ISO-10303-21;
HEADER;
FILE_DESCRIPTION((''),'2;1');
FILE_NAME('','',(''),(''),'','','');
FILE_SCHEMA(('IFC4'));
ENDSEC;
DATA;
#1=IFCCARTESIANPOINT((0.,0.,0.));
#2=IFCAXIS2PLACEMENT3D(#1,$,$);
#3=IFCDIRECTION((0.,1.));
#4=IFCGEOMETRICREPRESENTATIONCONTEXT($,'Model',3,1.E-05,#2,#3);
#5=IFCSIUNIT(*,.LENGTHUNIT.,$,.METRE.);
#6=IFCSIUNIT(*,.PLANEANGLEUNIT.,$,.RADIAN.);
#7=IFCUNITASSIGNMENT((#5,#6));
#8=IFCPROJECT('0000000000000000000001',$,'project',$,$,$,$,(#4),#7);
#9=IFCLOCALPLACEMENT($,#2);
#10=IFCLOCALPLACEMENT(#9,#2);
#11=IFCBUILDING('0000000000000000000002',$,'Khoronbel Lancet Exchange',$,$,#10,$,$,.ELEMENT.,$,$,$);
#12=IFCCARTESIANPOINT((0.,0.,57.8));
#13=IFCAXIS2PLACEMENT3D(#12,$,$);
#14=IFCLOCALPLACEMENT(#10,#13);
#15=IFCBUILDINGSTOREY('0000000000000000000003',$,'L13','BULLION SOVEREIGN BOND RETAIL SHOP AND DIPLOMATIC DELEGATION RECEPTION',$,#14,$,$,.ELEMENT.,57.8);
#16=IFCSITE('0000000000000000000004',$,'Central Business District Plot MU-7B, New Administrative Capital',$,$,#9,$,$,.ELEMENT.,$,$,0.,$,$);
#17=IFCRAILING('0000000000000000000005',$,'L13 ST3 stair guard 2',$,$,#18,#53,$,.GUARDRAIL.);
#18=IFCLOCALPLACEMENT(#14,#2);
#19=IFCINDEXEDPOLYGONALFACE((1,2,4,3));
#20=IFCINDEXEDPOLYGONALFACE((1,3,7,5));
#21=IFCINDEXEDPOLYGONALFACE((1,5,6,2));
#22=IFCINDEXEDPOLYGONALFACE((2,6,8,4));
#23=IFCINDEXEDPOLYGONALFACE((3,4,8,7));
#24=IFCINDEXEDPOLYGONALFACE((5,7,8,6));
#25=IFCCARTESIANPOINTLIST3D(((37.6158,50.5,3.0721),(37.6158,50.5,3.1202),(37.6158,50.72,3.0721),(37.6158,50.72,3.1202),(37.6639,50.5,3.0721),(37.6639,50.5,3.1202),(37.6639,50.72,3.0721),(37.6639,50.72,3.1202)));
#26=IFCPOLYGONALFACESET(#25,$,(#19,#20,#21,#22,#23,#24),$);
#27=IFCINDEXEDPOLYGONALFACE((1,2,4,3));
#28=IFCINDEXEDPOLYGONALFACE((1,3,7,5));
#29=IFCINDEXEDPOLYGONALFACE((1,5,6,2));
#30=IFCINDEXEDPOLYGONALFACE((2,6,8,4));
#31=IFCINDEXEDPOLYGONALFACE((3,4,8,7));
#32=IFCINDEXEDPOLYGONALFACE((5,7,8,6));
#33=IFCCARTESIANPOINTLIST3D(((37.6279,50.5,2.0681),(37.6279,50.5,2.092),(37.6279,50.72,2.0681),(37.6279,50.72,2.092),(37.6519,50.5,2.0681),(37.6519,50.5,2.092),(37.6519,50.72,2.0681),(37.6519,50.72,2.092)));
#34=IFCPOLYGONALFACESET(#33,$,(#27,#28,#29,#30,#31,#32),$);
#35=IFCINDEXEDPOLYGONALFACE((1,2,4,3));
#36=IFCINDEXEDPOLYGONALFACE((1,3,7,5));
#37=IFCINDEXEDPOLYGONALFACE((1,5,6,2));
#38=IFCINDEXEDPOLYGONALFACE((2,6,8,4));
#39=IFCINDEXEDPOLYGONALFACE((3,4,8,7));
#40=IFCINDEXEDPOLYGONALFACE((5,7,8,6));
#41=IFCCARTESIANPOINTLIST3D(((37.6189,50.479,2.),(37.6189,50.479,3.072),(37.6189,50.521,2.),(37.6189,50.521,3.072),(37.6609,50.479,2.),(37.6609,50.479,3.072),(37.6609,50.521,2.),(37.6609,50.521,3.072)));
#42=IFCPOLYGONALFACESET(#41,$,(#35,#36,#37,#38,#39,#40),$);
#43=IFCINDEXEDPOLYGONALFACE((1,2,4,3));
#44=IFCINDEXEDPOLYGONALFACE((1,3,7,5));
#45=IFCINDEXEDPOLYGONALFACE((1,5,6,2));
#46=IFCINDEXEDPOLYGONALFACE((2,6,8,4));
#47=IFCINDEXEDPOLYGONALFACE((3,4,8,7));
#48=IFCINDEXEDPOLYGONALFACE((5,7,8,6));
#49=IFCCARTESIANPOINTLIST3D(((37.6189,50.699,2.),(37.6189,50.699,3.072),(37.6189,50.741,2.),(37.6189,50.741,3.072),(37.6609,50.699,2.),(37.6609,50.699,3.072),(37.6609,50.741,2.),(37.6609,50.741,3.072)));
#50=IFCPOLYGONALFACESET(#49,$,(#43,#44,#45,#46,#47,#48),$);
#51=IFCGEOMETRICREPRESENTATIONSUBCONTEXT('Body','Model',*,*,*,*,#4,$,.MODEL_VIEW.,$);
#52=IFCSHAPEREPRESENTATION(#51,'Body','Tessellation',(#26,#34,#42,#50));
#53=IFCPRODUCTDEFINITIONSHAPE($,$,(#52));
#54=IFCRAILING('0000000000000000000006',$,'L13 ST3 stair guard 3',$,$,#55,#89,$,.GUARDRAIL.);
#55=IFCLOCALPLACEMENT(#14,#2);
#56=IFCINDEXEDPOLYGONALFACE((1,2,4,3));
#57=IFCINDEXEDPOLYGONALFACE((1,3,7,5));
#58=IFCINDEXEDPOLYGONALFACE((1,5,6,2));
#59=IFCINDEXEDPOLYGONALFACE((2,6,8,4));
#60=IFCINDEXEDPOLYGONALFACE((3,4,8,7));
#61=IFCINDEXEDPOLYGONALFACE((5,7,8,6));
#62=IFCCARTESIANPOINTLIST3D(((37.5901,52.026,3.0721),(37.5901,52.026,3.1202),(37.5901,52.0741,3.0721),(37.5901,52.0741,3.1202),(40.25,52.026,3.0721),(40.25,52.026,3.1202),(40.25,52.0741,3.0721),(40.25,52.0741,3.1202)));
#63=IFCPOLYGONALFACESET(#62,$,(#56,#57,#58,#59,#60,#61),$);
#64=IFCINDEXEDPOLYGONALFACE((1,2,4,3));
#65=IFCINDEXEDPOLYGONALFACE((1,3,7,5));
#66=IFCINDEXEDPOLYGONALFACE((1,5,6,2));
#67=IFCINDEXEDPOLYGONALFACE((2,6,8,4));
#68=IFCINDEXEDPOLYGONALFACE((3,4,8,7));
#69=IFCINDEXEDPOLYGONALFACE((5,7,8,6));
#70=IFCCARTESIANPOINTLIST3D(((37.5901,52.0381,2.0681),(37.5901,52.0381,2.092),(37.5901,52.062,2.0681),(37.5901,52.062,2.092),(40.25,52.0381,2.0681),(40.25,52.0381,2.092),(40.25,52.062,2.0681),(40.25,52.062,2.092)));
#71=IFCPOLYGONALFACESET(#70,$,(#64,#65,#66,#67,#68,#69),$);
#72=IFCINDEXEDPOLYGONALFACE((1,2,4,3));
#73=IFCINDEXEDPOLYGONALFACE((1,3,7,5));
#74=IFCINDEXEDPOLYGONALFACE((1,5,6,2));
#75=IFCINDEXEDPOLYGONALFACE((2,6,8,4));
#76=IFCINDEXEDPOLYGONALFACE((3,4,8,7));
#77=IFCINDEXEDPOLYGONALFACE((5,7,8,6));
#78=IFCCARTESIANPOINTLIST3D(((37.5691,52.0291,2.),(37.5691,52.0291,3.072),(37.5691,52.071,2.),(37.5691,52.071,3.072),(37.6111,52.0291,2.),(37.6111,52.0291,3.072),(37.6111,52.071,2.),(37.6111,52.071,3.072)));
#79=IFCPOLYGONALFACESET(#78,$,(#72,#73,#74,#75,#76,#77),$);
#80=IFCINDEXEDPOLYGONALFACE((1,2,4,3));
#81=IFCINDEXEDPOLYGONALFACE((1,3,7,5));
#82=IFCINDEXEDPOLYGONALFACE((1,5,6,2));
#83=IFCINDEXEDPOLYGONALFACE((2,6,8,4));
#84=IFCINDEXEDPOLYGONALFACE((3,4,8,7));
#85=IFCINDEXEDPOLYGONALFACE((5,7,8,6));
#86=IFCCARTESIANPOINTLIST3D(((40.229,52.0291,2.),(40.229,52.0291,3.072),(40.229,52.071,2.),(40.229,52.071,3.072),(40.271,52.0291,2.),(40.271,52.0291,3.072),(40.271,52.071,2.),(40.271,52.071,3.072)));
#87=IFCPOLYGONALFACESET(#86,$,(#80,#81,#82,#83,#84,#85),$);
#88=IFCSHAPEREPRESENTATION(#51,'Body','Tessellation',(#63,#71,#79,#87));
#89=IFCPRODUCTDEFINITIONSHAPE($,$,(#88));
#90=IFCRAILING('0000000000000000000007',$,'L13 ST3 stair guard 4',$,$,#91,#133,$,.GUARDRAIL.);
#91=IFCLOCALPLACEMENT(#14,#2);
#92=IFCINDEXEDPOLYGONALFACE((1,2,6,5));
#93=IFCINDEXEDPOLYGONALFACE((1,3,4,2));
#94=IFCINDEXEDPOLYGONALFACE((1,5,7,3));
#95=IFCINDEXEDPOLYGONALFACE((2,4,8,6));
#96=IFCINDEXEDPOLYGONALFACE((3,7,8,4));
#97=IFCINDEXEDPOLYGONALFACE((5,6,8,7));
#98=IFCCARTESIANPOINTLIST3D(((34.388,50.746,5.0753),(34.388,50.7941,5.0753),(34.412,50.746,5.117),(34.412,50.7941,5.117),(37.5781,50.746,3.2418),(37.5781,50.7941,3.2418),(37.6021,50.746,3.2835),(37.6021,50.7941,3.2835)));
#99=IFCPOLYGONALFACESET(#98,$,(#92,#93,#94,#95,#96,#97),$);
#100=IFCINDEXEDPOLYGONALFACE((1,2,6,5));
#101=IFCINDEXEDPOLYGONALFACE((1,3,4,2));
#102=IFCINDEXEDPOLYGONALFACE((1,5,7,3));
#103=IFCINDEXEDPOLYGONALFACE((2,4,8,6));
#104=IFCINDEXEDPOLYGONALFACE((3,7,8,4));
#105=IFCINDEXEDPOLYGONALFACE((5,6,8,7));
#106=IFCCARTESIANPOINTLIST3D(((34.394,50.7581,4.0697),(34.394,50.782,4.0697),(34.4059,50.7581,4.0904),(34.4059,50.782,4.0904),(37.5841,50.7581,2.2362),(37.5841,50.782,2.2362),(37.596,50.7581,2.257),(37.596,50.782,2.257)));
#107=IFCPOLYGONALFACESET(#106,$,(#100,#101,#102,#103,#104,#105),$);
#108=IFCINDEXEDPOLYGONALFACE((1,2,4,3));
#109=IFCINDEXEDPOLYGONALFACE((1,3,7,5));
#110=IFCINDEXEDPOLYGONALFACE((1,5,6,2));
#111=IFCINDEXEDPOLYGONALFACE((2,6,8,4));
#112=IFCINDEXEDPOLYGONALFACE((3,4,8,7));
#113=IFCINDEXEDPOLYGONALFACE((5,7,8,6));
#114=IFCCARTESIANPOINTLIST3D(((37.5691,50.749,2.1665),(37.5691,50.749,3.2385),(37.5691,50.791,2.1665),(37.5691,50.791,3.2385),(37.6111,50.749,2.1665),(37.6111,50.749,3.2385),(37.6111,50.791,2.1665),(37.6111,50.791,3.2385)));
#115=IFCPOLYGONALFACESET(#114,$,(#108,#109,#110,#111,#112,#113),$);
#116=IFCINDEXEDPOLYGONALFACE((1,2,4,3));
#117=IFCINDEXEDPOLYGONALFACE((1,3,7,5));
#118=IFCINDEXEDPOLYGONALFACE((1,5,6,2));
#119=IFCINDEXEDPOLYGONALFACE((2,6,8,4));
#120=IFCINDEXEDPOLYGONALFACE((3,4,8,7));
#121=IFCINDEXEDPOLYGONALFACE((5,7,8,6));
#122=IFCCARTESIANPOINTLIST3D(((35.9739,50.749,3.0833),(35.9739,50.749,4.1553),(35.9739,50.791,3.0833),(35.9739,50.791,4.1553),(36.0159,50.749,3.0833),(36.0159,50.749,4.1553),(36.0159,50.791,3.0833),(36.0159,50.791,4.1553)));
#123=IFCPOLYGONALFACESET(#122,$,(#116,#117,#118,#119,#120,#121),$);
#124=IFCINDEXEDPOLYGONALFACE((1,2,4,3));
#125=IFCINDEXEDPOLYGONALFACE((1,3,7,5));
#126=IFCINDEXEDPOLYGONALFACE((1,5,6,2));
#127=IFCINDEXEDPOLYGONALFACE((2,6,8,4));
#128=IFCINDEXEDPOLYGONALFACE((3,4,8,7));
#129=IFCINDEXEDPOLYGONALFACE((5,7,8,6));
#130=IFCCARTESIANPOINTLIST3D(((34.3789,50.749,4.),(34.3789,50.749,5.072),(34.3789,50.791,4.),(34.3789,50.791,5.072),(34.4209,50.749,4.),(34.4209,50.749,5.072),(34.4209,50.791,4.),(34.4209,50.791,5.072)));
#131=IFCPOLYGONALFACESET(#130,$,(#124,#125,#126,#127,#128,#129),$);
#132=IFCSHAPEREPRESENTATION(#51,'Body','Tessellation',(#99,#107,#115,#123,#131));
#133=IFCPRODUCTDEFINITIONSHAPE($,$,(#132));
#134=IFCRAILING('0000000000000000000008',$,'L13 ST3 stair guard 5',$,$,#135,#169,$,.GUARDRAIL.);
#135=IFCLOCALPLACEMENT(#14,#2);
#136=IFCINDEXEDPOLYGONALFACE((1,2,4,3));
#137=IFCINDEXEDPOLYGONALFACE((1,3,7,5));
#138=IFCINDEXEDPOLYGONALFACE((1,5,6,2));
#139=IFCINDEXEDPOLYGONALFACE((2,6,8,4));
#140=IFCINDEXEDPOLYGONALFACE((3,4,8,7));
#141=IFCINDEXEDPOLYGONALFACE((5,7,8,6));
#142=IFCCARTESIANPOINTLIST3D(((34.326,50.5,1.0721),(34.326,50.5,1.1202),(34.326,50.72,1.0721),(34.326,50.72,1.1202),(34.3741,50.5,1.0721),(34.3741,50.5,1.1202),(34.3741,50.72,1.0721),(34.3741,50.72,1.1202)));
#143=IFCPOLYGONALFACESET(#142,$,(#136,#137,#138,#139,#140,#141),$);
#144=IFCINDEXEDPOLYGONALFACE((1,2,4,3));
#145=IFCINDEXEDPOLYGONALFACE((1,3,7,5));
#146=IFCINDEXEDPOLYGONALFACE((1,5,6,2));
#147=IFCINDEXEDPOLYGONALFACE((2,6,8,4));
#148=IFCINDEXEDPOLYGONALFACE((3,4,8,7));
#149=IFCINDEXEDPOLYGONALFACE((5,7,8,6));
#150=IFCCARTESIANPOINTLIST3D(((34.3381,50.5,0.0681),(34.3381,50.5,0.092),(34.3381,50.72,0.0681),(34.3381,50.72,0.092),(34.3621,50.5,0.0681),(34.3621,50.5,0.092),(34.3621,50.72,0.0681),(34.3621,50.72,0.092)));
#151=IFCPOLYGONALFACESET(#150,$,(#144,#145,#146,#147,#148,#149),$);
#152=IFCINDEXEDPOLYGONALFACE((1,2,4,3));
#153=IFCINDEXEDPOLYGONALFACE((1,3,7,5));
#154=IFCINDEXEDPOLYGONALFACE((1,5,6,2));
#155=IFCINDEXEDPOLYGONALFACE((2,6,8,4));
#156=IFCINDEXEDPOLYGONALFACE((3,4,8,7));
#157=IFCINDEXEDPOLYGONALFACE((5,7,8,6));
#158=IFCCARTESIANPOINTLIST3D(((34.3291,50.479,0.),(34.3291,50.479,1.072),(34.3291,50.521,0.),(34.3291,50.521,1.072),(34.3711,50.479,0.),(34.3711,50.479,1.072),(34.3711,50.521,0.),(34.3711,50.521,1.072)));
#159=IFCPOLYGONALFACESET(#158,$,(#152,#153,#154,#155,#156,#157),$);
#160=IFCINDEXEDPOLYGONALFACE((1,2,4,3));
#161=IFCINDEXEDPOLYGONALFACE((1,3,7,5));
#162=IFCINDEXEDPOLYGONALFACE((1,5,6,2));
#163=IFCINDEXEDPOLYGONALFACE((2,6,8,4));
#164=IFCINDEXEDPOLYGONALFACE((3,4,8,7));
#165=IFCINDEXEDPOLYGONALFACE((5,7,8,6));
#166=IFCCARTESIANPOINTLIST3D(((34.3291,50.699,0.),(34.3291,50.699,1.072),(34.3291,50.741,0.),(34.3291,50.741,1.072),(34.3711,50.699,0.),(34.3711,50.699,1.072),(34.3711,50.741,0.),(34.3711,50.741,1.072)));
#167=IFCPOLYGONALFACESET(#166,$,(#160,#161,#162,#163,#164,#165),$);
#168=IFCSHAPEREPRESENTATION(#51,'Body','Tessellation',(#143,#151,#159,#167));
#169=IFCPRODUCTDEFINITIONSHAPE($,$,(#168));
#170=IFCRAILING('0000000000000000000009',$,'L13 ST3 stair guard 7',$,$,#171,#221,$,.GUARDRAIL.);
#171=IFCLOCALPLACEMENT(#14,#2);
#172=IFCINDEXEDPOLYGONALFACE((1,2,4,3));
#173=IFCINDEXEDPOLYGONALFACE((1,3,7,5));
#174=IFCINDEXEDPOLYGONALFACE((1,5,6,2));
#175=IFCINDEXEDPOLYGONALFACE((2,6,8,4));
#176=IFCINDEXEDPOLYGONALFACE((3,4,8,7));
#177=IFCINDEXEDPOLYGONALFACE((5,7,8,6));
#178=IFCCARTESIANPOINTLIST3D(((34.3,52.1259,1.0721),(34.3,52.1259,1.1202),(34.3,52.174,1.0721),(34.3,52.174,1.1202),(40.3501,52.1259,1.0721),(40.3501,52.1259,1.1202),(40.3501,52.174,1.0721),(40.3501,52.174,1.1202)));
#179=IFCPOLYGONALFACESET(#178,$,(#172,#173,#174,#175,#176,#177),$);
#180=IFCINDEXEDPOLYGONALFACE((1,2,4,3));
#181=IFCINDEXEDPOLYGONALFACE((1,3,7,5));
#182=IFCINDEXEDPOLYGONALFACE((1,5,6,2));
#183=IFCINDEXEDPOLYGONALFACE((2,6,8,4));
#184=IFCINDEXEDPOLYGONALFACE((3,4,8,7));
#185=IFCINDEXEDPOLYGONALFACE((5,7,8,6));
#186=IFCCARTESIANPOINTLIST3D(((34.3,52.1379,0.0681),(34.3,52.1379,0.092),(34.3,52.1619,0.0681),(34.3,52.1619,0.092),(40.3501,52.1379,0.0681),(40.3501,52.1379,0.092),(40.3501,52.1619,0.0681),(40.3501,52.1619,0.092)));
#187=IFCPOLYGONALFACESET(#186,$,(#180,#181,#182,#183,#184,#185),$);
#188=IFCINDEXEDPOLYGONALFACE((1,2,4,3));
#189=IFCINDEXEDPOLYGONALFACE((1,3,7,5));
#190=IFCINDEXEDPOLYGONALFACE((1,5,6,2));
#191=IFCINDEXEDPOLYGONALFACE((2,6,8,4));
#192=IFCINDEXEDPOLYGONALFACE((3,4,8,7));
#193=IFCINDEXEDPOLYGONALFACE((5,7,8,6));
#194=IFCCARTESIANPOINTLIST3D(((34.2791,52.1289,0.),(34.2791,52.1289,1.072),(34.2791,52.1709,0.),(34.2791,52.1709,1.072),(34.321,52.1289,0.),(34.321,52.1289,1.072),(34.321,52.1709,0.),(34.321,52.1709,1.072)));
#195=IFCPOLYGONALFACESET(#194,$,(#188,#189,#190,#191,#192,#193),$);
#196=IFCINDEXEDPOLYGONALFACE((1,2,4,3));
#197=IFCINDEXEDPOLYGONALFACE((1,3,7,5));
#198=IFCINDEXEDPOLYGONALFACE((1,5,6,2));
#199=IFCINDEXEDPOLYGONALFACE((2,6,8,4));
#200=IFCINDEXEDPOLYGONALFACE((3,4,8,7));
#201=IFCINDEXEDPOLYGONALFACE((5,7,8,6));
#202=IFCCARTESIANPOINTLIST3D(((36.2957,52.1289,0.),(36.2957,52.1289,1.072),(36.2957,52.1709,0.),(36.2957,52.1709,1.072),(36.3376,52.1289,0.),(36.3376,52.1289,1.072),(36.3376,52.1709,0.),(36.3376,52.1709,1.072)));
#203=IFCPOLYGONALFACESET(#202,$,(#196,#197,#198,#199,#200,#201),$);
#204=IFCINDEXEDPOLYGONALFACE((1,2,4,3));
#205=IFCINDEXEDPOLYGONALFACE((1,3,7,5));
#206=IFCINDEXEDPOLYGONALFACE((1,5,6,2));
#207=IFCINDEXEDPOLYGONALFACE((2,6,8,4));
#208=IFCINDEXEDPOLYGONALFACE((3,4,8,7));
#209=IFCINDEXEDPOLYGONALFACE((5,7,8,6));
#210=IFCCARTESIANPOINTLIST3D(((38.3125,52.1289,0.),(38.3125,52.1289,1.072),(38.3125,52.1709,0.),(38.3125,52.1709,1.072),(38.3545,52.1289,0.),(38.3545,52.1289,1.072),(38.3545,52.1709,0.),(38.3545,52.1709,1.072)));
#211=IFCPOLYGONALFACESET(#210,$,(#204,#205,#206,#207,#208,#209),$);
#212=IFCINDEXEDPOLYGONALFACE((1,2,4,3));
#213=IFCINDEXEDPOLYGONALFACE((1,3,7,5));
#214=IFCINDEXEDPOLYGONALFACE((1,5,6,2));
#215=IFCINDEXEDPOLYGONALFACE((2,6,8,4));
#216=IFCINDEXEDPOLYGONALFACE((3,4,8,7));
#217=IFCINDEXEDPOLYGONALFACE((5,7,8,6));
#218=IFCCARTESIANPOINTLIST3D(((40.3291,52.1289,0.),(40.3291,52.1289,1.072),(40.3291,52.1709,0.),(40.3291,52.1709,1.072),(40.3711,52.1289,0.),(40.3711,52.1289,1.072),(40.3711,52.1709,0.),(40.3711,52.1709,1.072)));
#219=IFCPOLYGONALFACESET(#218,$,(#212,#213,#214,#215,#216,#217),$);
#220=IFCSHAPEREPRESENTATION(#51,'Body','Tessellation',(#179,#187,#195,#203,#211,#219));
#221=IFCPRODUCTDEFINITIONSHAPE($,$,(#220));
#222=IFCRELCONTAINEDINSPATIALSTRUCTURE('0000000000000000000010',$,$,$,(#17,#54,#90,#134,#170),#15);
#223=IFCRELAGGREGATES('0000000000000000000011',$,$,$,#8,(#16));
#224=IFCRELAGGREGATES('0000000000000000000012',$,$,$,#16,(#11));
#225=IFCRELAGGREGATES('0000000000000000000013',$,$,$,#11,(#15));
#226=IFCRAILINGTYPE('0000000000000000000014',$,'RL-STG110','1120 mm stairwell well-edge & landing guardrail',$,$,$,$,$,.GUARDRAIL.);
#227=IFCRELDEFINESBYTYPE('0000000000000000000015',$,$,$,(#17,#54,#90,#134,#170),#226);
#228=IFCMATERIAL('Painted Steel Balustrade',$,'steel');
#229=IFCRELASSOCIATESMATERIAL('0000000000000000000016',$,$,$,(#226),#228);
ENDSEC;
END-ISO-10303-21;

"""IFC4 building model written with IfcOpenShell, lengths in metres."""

from ifc_helpers import new_model, si_unit, direction, frame, origin, origin_2d, place, context, subcontext, project, spatial, rectangle, extrude, material, type_object, element, save


model = new_model("IFC4")

# Units and contexts
model_context = context("Model", 3, precision=1e-05, world=origin(), true_north=direction((0.0, 1.0)))
body_context = subcontext(model_context, "Body", "Model", "MODEL_VIEW")
ifc_project = project(units=[si_unit("LENGTHUNIT", "METRE"), si_unit("PLANEANGLEUNIT", "RADIAN")], contexts=[model_context])

# Site, building, storey
site_placement = place(None, origin())
site = spatial("IfcSite", under=ifc_project, at=site_placement, Name="Central Business District Plot MU-7B, New Administrative Capital", CompositionType="ELEMENT", RefElevation=0.0)
building_placement = place(site_placement, origin())
building = spatial("IfcBuilding", under=site, at=building_placement, Name="Khoronbel Lancet Exchange", CompositionType="ELEMENT")
storey_placement = place(building_placement, frame((0.0, 0.0, 57.8)))
storey = spatial("IfcBuildingStorey", under=building, at=storey_placement, Name="L13", Description="BULLION SOVEREIGN BOND RETAIL SHOP AND DIPLOMATIC DELEGATION RECEPTION", CompositionType="ELEMENT", Elevation=57.8)

# Railings
ifc_material_1 = material(Name="Painted Steel Balustrade", Category="steel")
railing_type_1 = type_object("IfcRailingType", Name="RL-STG110", Description="1120 mm stairwell well-edge & landing guardrail", PredefinedType="GUARDRAIL", material=ifc_material_1)
railing_1_placement = place(storey_placement, frame((37.6399, 50.5, 2.0)))
element("IfcRailing", 1, at=railing_1_placement, inside=storey, type_object=railing_type_1, Name="L13 ST3 stair guard 2", PredefinedType="GUARDRAIL", context=body_context, shape_type="SweptSolid", body=[
    extrude(rectangle(XDim=0.0481, YDim=0.0481, at=origin_2d()), frame((0.0, 0.0, 1.0962), z_axis=(0.0, 1.0, 0.0), x_axis=(-1.0, 0.0, 0.0)), (0.0, 0.0, 1.0), 0.22),
    extrude(rectangle(XDim=0.0239, YDim=0.0239, at=origin_2d()), frame((0.0, 0.0, 0.0801), z_axis=(0.0, 1.0, 0.0), x_axis=(-1.0, 0.0, 0.0)), (0.0, 0.0, 1.0), 0.22),
    extrude(rectangle(XDim=0.042, YDim=0.042, at=origin_2d()), origin(), (0.0, 0.0, 1.0), 1.072),
    extrude(rectangle(XDim=0.042, YDim=0.042, at=origin_2d()), frame((0.0, 0.22, 0.0)), (0.0, 0.0, 1.0), 1.072),
])
railing_2_placement = place(storey_placement, frame((37.5901, 52.05, 2.0)))
element("IfcRailing", 2, at=railing_2_placement, inside=storey, type_object=railing_type_1, Name="L13 ST3 stair guard 3", PredefinedType="GUARDRAIL", context=body_context, shape_type="SweptSolid", body=[
    extrude(rectangle(XDim=0.0481, YDim=0.0481, at=origin_2d()), frame((0.0, 0.0, 1.0962), z_axis=(1.0, 0.0, 0.0), x_axis=(0.0, 1.0, 0.0)), (0.0, 0.0, 1.0), 2.6599),
    extrude(rectangle(XDim=0.0239, YDim=0.0239, at=origin_2d()), frame((0.0, 0.0, 0.0801), z_axis=(1.0, 0.0, 0.0), x_axis=(0.0, 1.0, 0.0)), (0.0, 0.0, 1.0), 2.6599),
    extrude(rectangle(XDim=0.042, YDim=0.042, at=origin_2d()), origin(), (0.0, 0.0, 1.0), 1.072),
    extrude(rectangle(XDim=0.042, YDim=0.042, at=origin_2d()), frame((2.6599, 0.0, 0.0)), (0.0, 0.0, 1.0), 1.072),
])
railing_3_placement = place(storey_placement, frame((37.5901, 50.77, 2.1665)))
element("IfcRailing", 3, at=railing_3_placement, inside=storey, type_object=railing_type_1, Name="L13 ST3 stair guard 4", PredefinedType="GUARDRAIL", context=body_context, shape_type="SweptSolid", body=[
    extrude(rectangle(XDim=0.0481, YDim=0.0481, at=origin_2d()), frame((0.0, 0.0, 1.0962), z_axis=(-0.867007, 0.0, 0.498295), x_axis=(0.0, -1.0, 0.0)), (0.0, 0.0, 1.0), 3.6794),
    extrude(rectangle(XDim=0.0239, YDim=0.0239, at=origin_2d()), frame((0.0, 0.0, 0.0801), z_axis=(-0.867007, 0.0, 0.498295), x_axis=(0.0, -1.0, 0.0)), (0.0, 0.0, 1.0), 3.6794),
    extrude(rectangle(XDim=0.042, YDim=0.042, at=origin_2d()), origin(), (0.0, 0.0, 1.0), 1.072),
    extrude(rectangle(XDim=0.042, YDim=0.042, at=origin_2d()), frame((-1.5952, 0.0, 0.9167)), (0.0, 0.0, 1.0), 1.072),
    extrude(rectangle(XDim=0.042, YDim=0.042, at=origin_2d()), frame((-3.1902, 0.0, 1.8335)), (0.0, 0.0, 1.0), 1.072),
])
railing_4_placement = place(storey_placement, frame((34.3501, 50.5, 0.0)))
element("IfcRailing", 4, at=railing_4_placement, inside=storey, type_object=railing_type_1, Name="L13 ST3 stair guard 5", PredefinedType="GUARDRAIL", context=body_context, shape_type="SweptSolid", body=[
    extrude(rectangle(XDim=0.0481, YDim=0.0481, at=origin_2d()), frame((0.0, 0.0, 1.0962), z_axis=(0.0, 1.0, 0.0), x_axis=(-1.0, 0.0, 0.0)), (0.0, 0.0, 1.0), 0.22),
    extrude(rectangle(XDim=0.0239, YDim=0.0239, at=origin_2d()), frame((0.0, 0.0, 0.0801), z_axis=(0.0, 1.0, 0.0), x_axis=(-1.0, 0.0, 0.0)), (0.0, 0.0, 1.0), 0.22),
    extrude(rectangle(XDim=0.042, YDim=0.042, at=origin_2d()), origin(), (0.0, 0.0, 1.0), 1.072),
    extrude(rectangle(XDim=0.042, YDim=0.042, at=origin_2d()), frame((0.0, 0.22, 0.0)), (0.0, 0.0, 1.0), 1.072),
])
railing_5_placement = place(storey_placement, frame((34.3, 52.1499, 0.0)))
element("IfcRailing", 5, at=railing_5_placement, inside=storey, type_object=railing_type_1, Name="L13 ST3 stair guard 7", PredefinedType="GUARDRAIL", context=body_context, shape_type="SweptSolid", body=[
    extrude(rectangle(XDim=0.0481, YDim=0.0481, at=origin_2d()), frame((0.0, 0.0, 1.0962), z_axis=(1.0, 0.0, 0.0), x_axis=(0.0, 1.0, 0.0)), (0.0, 0.0, 1.0), 6.05),
    extrude(rectangle(XDim=0.0239, YDim=0.0239, at=origin_2d()), frame((0.0, 0.0, 0.0801), z_axis=(1.0, 0.0, 0.0), x_axis=(0.0, 1.0, 0.0)), (0.0, 0.0, 1.0), 6.05),
    extrude(rectangle(XDim=0.042, YDim=0.042, at=origin_2d()), origin(), (0.0, 0.0, 1.0), 1.072),
    extrude(rectangle(XDim=0.042, YDim=0.042, at=origin_2d()), frame((2.0166, 0.0, 0.0)), (0.0, 0.0, 1.0), 1.072),
    extrude(rectangle(XDim=0.042, YDim=0.042, at=origin_2d()), frame((4.0334, 0.0, 0.0)), (0.0, 0.0, 1.0), 1.072),
    extrude(rectangle(XDim=0.042, YDim=0.042, at=origin_2d()), frame((6.05, 0.0, 0.0)), (0.0, 0.0, 1.0), 1.072),
])

save(model, "model.ifc")
